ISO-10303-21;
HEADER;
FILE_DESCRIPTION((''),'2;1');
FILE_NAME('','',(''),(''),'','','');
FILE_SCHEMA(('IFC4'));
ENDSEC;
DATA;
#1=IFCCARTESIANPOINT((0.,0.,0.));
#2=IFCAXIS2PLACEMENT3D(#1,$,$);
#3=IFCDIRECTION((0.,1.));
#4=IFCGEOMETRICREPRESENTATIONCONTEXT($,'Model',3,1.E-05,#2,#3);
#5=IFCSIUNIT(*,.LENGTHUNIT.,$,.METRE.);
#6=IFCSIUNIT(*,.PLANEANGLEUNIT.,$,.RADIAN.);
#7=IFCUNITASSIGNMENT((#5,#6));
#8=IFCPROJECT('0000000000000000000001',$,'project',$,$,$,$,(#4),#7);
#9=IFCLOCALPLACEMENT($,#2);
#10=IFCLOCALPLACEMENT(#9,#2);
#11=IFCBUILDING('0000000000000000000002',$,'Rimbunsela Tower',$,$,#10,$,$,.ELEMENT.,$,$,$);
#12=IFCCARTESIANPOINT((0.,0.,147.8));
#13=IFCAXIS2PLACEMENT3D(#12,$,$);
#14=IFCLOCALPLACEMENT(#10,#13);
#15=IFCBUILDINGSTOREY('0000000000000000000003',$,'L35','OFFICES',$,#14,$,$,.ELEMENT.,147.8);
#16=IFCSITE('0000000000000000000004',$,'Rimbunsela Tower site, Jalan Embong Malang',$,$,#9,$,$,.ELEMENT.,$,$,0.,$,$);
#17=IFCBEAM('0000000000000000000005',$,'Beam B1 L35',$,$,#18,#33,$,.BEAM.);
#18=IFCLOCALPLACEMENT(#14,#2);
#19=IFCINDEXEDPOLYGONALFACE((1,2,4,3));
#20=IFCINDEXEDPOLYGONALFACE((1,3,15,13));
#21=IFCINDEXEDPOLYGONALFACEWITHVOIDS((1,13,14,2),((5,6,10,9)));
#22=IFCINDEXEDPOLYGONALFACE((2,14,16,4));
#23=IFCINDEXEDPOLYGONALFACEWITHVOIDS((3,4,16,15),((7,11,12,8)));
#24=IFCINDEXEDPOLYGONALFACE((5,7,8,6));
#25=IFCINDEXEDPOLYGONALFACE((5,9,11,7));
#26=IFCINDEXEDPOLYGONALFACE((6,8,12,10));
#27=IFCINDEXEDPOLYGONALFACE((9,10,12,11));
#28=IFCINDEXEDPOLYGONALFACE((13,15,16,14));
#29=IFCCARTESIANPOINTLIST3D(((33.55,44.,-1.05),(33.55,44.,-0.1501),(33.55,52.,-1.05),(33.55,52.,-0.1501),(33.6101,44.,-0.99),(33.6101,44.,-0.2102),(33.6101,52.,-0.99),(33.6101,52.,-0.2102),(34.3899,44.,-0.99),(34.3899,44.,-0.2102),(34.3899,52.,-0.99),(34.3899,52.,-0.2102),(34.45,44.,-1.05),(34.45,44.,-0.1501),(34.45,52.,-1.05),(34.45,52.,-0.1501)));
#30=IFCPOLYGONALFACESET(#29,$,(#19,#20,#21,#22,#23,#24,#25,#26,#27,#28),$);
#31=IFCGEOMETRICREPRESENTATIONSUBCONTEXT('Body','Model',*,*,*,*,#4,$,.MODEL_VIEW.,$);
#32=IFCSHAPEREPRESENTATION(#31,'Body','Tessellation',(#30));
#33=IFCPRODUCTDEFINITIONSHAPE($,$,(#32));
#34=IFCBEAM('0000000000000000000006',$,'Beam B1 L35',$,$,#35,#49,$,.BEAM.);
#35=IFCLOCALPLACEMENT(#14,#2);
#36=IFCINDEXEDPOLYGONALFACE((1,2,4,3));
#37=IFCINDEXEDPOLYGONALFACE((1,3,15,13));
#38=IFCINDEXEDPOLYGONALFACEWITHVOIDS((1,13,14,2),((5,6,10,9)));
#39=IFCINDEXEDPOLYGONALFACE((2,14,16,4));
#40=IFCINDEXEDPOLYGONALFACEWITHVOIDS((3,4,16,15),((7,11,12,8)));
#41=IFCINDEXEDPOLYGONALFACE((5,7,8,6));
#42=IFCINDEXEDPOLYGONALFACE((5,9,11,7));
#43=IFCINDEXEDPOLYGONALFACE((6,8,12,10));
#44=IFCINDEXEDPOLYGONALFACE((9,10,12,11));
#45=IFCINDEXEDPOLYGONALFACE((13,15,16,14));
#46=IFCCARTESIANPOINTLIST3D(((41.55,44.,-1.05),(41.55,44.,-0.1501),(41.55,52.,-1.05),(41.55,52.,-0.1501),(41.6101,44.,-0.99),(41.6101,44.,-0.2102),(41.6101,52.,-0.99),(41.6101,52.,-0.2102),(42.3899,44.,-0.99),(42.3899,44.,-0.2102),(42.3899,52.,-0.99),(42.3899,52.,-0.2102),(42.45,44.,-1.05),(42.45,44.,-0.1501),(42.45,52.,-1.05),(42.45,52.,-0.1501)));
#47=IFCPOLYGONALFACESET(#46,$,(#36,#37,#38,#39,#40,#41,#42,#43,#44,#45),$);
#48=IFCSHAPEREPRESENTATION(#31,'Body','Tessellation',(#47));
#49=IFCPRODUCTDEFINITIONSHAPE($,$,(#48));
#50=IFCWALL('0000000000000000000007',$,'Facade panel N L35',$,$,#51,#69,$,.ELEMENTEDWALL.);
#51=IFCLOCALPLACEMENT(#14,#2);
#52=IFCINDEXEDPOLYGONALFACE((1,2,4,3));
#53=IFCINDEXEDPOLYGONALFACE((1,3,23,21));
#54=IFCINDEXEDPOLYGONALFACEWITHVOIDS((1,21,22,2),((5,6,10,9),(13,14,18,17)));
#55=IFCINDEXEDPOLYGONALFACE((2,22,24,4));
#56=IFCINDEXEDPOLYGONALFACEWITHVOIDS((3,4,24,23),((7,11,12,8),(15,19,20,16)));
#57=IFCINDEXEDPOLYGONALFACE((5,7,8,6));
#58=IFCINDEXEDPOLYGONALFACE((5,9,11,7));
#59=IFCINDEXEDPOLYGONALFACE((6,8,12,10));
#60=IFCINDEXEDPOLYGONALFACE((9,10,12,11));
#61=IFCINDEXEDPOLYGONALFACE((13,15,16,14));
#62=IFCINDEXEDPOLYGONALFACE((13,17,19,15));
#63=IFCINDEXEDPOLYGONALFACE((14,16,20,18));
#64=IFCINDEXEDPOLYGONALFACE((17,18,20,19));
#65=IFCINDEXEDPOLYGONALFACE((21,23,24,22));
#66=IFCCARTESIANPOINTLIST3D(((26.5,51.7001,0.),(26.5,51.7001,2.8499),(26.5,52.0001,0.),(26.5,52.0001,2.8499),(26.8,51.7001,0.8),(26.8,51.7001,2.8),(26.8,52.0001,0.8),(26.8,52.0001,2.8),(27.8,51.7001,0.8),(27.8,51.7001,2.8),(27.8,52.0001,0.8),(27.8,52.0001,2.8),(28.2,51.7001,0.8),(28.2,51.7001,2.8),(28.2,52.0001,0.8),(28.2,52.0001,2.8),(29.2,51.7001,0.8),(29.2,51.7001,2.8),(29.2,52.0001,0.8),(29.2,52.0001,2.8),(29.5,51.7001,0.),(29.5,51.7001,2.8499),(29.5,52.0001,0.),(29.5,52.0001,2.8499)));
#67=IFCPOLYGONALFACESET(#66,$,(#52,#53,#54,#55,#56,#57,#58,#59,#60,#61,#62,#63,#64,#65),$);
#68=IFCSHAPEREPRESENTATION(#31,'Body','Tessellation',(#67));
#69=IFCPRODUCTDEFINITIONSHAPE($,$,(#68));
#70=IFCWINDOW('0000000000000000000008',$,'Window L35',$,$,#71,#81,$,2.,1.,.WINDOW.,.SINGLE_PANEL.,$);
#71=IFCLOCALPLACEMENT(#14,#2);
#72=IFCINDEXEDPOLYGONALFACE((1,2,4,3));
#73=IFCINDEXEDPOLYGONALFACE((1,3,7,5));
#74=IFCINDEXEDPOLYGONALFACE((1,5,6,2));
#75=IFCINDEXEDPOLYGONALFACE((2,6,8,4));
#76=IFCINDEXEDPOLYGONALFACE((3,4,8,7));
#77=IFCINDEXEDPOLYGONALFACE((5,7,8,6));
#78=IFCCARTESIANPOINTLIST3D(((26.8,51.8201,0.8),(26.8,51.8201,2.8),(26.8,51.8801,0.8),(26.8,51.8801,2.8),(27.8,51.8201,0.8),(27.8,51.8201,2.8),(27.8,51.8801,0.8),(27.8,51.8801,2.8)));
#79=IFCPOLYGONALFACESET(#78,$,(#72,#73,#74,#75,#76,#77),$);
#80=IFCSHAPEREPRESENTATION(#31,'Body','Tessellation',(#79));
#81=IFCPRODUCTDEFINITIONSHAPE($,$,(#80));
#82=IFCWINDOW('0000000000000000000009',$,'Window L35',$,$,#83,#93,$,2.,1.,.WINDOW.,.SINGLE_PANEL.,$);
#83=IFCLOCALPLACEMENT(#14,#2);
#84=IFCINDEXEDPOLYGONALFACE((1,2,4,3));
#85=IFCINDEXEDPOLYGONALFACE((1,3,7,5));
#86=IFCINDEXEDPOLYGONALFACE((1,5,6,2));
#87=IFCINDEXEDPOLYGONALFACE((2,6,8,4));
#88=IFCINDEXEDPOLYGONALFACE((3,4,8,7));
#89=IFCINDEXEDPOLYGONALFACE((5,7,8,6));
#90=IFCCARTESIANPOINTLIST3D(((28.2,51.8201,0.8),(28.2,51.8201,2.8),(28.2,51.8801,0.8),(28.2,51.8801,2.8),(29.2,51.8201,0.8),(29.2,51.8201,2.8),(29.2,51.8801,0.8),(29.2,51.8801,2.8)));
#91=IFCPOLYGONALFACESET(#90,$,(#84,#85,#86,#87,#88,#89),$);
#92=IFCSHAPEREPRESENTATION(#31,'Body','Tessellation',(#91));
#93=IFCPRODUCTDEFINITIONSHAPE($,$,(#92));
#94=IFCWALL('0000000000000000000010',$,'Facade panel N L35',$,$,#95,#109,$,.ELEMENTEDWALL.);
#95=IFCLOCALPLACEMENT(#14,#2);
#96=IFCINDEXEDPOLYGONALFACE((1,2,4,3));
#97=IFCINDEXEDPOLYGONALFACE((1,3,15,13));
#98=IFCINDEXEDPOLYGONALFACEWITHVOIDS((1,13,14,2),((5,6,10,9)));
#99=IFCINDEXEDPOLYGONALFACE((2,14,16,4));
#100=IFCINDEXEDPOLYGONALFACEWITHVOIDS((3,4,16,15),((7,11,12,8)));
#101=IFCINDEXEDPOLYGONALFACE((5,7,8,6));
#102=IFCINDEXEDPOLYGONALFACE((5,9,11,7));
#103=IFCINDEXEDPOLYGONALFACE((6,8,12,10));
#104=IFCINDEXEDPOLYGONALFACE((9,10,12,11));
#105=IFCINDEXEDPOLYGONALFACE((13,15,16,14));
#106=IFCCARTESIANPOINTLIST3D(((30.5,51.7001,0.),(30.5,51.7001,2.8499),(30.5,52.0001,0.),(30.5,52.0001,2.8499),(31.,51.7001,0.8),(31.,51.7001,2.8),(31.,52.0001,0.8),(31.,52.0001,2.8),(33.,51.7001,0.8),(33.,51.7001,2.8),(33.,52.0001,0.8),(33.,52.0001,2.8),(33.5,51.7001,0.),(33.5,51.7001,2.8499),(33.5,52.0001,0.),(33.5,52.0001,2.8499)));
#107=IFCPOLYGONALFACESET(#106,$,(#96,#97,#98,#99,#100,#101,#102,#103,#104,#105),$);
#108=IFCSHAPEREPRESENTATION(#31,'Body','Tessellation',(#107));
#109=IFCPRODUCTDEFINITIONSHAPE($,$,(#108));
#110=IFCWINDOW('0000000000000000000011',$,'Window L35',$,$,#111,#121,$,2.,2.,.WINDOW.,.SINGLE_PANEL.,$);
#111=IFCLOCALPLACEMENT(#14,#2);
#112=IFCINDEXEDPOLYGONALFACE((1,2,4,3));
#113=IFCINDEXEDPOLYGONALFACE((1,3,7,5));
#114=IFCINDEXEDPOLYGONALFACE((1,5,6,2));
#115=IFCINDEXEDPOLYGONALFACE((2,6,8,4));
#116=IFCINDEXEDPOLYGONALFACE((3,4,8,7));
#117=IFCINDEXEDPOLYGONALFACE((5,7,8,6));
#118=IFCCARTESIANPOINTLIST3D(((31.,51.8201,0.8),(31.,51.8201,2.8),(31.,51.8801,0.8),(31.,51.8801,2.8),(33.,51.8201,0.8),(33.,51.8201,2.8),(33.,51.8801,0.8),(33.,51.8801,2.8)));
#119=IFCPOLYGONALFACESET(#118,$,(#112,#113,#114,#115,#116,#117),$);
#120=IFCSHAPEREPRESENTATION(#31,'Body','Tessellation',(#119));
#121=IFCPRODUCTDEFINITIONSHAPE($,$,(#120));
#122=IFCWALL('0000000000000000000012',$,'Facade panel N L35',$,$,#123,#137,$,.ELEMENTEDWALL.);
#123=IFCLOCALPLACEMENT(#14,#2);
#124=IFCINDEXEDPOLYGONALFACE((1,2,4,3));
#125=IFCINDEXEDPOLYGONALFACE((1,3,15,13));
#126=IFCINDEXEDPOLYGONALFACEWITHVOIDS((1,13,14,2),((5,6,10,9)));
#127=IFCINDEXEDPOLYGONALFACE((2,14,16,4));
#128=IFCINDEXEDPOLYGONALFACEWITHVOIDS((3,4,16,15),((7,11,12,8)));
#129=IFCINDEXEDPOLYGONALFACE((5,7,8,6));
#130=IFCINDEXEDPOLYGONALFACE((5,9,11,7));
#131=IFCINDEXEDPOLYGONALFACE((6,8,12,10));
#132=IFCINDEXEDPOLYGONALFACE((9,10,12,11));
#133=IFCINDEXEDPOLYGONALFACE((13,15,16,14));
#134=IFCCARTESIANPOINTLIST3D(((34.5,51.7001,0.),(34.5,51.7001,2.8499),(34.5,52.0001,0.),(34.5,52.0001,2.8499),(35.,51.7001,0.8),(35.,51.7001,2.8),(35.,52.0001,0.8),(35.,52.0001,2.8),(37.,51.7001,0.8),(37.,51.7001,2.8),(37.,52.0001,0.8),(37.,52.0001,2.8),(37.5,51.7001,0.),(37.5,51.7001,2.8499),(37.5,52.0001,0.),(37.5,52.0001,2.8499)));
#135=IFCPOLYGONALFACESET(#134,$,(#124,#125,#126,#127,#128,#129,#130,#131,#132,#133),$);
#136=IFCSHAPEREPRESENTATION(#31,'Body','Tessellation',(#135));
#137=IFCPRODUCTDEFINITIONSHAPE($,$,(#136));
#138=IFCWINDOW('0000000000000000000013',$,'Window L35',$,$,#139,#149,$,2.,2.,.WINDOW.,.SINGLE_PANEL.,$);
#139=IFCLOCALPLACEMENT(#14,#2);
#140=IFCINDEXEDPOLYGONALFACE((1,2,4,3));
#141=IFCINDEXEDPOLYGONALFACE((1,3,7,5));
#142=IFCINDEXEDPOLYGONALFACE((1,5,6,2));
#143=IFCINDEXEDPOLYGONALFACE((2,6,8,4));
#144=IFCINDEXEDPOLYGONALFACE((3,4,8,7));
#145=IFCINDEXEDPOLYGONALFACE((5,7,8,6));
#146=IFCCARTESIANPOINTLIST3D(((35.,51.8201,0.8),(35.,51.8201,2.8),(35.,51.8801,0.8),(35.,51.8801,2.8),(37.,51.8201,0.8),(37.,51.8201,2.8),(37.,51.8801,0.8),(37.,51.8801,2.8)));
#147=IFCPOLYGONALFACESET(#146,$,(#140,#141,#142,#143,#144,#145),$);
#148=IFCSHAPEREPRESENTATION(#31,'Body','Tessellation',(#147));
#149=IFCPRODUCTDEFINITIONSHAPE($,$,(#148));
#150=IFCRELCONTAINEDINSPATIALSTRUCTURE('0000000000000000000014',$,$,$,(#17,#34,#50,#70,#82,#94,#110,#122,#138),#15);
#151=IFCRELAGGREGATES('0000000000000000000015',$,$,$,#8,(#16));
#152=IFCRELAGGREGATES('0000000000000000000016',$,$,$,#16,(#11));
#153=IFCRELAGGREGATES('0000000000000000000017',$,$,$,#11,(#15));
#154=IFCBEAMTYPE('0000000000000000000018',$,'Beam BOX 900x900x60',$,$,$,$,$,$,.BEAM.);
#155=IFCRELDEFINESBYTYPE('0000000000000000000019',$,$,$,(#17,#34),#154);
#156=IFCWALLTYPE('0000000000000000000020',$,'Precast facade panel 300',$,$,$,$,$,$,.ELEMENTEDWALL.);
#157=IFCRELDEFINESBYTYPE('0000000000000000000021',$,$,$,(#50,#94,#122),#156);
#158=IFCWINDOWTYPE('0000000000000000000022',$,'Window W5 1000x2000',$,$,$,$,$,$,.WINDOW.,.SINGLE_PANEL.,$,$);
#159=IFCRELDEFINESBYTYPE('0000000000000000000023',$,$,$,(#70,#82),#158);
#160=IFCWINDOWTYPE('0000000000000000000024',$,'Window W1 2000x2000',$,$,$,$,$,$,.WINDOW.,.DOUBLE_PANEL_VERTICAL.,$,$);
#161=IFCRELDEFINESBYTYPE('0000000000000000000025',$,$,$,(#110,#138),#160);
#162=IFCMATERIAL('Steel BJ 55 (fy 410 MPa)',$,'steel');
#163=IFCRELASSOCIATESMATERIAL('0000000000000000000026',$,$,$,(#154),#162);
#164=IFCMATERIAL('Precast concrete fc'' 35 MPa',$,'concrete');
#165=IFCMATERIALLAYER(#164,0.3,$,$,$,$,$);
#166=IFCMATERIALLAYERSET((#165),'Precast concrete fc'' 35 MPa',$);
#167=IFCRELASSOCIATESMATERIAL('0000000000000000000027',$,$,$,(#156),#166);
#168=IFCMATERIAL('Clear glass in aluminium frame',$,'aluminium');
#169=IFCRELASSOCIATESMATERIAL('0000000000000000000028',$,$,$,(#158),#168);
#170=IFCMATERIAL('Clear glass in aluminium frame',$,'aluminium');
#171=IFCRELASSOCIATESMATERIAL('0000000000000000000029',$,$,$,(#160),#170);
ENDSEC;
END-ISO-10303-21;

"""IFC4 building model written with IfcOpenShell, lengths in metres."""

from ifc_helpers import new_model, si_unit, direction, frame, frame_2d, origin, origin_2d, place, context, subcontext, project, spatial, rectangle, hollow_rectangle, extrude, material, layer, layer_set, material_profile, profile_set, type_object, element, fill, save


model = new_model("IFC4")

# Units and contexts
model_context = context("Model", 3, precision=1e-05, world=origin(), true_north=direction((0.0, 1.0)))
body_context = subcontext(model_context, "Body", "Model", "MODEL_VIEW")
ifc_project = project(units=[si_unit("LENGTHUNIT", "METRE"), si_unit("PLANEANGLEUNIT", "RADIAN")], contexts=[model_context])

# Site, building, storey
site_placement = place(None, origin())
site = spatial("IfcSite", under=ifc_project, at=site_placement, Name="Rimbunsela Tower site, Jalan Embong Malang", CompositionType="ELEMENT", RefElevation=0.0)
building_placement = place(site_placement, origin())
building = spatial("IfcBuilding", under=site, at=building_placement, Name="Rimbunsela Tower", CompositionType="ELEMENT")
storey_placement = place(building_placement, frame((0.0, 0.0, 147.8)))
storey = spatial("IfcBuildingStorey", under=building, at=storey_placement, Name="L35", Description="OFFICES", CompositionType="ELEMENT", Elevation=147.8)

# Beams
ifc_material_1 = material(Name="Steel BJ 55 (fy 410 MPa)", Category="steel")
ifc_material_profile_1 = material_profile(ifc_material_1, hollow_rectangle(XDim=0.8999, YDim=0.8999, WallThickness=0.0601, at=origin_2d()), Name="BOX 900x900x60")
ifc_profile_set_1 = profile_set([ifc_material_profile_1], Name="Steel BJ 55 (fy 410 MPa)")
beam_type_1 = type_object("IfcBeamType", Name="Beam BOX 900x900x60", PredefinedType="BEAM", material=ifc_profile_set_1)
for number, where, z_axis, x_axis, name in (
    (1, (34.0, 44.0, -0.6001), (0.0, 1.0, 0.0), (-1.0, 0.0, 0.0), "Beam B1 L35"),
    (2, (42.0, 44.0, -0.6001), (0.0, 1.0, 0.0), (-1.0, 0.0, 0.0), "Beam B1 L35"),
):
    element("IfcBeam", number, at=place(storey_placement, frame(where, z_axis=z_axis, x_axis=x_axis)), inside=storey, type_object=beam_type_1, Name=name, PredefinedType="BEAM", context=body_context, shape_type="SweptSolid", body=[
        extrude(hollow_rectangle(XDim=0.8999, YDim=0.8999, WallThickness=0.0601, at=origin_2d()), origin(), (0.0, 0.0, 1.0), 8.0),
    ])

# Wall, openings, windows
ifc_material_2 = material(Name="Precast concrete fc' 35 MPa", Category="concrete")
ifc_layer_1 = layer(ifc_material_2, 0.3)
ifc_layer_set_1 = layer_set([ifc_layer_1], Name="Precast concrete fc' 35 MPa")
wall_type_1 = type_object("IfcWallType", Name="Precast facade panel 300", PredefinedType="ELEMENTEDWALL", material=ifc_layer_set_1)
wall_1_placement = place(storey_placement, frame((29.5, 51.8501, 0.0), z_axis=(0.0, 0.0, 1.0), x_axis=(-1.0, 0.0, 0.0)))
wall_1 = element("IfcWall", 3, at=wall_1_placement, inside=storey, type_object=wall_type_1, Name="Facade panel N L35", PredefinedType="ELEMENTEDWALL", context=body_context, shape_type="SweptSolid", body=[
    extrude(rectangle(XDim=3.0, YDim=0.3, at=frame_2d((1.5, 0.0))), origin(), (0.0, 0.0, 1.0), 2.8499),
])
opening_1_placement = place(wall_1_placement, frame((1.7, 0.0, 0.8)))
opening_1 = element("IfcOpeningElement", 4, at=opening_1_placement, cuts=wall_1, PredefinedType="OPENING", context=body_context, shape_type="SweptSolid", body=[
    extrude(rectangle(XDim=1.0, YDim=2.0, at=frame_2d((0.5, 1.0))), frame((0.0, 0.1599, 0.0), z_axis=(0.0, -1.0, 0.0), x_axis=(1.0, 0.0, 0.0)), (0.0, 0.0, 1.0), 0.3201),
])
opening_2_placement = place(wall_1_placement, frame((0.3, 0.0, 0.8)))
opening_2 = element("IfcOpeningElement", 5, at=opening_2_placement, cuts=wall_1, PredefinedType="OPENING", context=body_context, shape_type="SweptSolid", body=[
    extrude(rectangle(XDim=1.0, YDim=2.0, at=frame_2d((0.5, 1.0))), frame((0.0, 0.1599, 0.0), z_axis=(0.0, -1.0, 0.0), x_axis=(1.0, 0.0, 0.0)), (0.0, 0.0, 1.0), 0.3201),
])
ifc_material_3 = material(Name="Clear glass in aluminium frame", Category="aluminium")
window_type_1 = type_object("IfcWindowType", Name="Window W5 1000x2000", PartitioningType="SINGLE_PANEL", PredefinedType="WINDOW", material=ifc_material_3)
window_1_placement = place(opening_1_placement, origin())
window_1 = element("IfcWindow", 6, at=window_1_placement, inside=storey, type_object=window_type_1, Name="Window L35", OverallHeight=2.0, OverallWidth=1.0, PartitioningType="SINGLE_PANEL", PredefinedType="WINDOW", context=body_context, shape_type="SweptSolid", body=[
    extrude(rectangle(XDim=1.0, YDim=2.0, at=frame_2d((0.5, 1.0))), frame((0.0, 0.03, 0.0), z_axis=(0.0, -1.0, 0.0), x_axis=(1.0, 0.0, 0.0)), (0.0, 0.0, 1.0), 0.0601),
])
fill(opening_1, window_1)
window_2_placement = place(opening_2_placement, origin())
window_2 = element("IfcWindow", 7, at=window_2_placement, inside=storey, type_object=window_type_1, Name="Window L35", OverallHeight=2.0, OverallWidth=1.0, PartitioningType="SINGLE_PANEL", PredefinedType="WINDOW", context=body_context, shape_type="SweptSolid", body=[
    extrude(rectangle(XDim=1.0, YDim=2.0, at=frame_2d((0.5, 1.0))), frame((0.0, 0.03, 0.0), z_axis=(0.0, -1.0, 0.0), x_axis=(1.0, 0.0, 0.0)), (0.0, 0.0, 1.0), 0.0601),
])
fill(opening_2, window_2)

# Walls, openings, windows
wall_2_placement = place(storey_placement, frame((33.5, 51.8501, 0.0), z_axis=(0.0, 0.0, 1.0), x_axis=(-1.0, 0.0, 0.0)))
wall_2 = element("IfcWall", 8, at=wall_2_placement, inside=storey, type_object=wall_type_1, Name="Facade panel N L35", PredefinedType="ELEMENTEDWALL", context=body_context, shape_type="SweptSolid", body=[
    extrude(rectangle(XDim=3.0, YDim=0.3, at=frame_2d((1.5, 0.0))), origin(), (0.0, 0.0, 1.0), 2.8499),
])
opening_3_placement = place(wall_2_placement, frame((0.5, 0.0, 0.8)))
opening_3 = element("IfcOpeningElement", 9, at=opening_3_placement, cuts=wall_2, PredefinedType="OPENING", context=body_context, shape_type="SweptSolid", body=[
    extrude(rectangle(XDim=2.0, YDim=2.0, at=frame_2d((1.0, 1.0))), frame((0.0, 0.1599, 0.0), z_axis=(0.0, -1.0, 0.0), x_axis=(1.0, 0.0, 0.0)), (0.0, 0.0, 1.0), 0.3201),
])
ifc_material_4 = material(Name="Clear glass in aluminium frame", Category="aluminium")
window_type_2 = type_object("IfcWindowType", Name="Window W1 2000x2000", PartitioningType="DOUBLE_PANEL_VERTICAL", PredefinedType="WINDOW", material=ifc_material_4)
window_3_placement = place(opening_3_placement, origin())
window_3 = element("IfcWindow", 10, at=window_3_placement, inside=storey, type_object=window_type_2, Name="Window L35", OverallHeight=2.0, OverallWidth=2.0, PartitioningType="SINGLE_PANEL", PredefinedType="WINDOW", context=body_context, shape_type="SweptSolid", body=[
    extrude(rectangle(XDim=2.0, YDim=2.0, at=frame_2d((1.0, 1.0))), frame((0.0, 0.03, 0.0), z_axis=(0.0, -1.0, 0.0), x_axis=(1.0, 0.0, 0.0)), (0.0, 0.0, 1.0), 0.0601),
])
fill(opening_3, window_3)
wall_3_placement = place(storey_placement, frame((37.5, 51.8501, 0.0), z_axis=(0.0, 0.0, 1.0), x_axis=(-1.0, 0.0, 0.0)))
wall_3 = element("IfcWall", 11, at=wall_3_placement, inside=storey, type_object=wall_type_1, Name="Facade panel N L35", PredefinedType="ELEMENTEDWALL", context=body_context, shape_type="SweptSolid", body=[
    extrude(rectangle(XDim=3.0, YDim=0.3, at=frame_2d((1.5, 0.0))), origin(), (0.0, 0.0, 1.0), 2.8499),
])
opening_4_placement = place(wall_3_placement, frame((0.5, 0.0, 0.8)))
opening_4 = element("IfcOpeningElement", 12, at=opening_4_placement, cuts=wall_3, PredefinedType="OPENING", context=body_context, shape_type="SweptSolid", body=[
    extrude(rectangle(XDim=2.0, YDim=2.0, at=frame_2d((1.0, 1.0))), frame((0.0, 0.1599, 0.0), z_axis=(0.0, -1.0, 0.0), x_axis=(1.0, 0.0, 0.0)), (0.0, 0.0, 1.0), 0.3201),
])
window_4_placement = place(opening_4_placement, origin())
window_4 = element("IfcWindow", 13, at=window_4_placement, inside=storey, type_object=window_type_2, Name="Window L35", OverallHeight=2.0, OverallWidth=2.0, PartitioningType="SINGLE_PANEL", PredefinedType="WINDOW", context=body_context, shape_type="SweptSolid", body=[
    extrude(rectangle(XDim=2.0, YDim=2.0, at=frame_2d((1.0, 1.0))), frame((0.0, 0.03, 0.0), z_axis=(0.0, -1.0, 0.0), x_axis=(1.0, 0.0, 0.0)), (0.0, 0.0, 1.0), 0.0601),
])
fill(opening_4, window_4)

save(model, "model.ifc")
